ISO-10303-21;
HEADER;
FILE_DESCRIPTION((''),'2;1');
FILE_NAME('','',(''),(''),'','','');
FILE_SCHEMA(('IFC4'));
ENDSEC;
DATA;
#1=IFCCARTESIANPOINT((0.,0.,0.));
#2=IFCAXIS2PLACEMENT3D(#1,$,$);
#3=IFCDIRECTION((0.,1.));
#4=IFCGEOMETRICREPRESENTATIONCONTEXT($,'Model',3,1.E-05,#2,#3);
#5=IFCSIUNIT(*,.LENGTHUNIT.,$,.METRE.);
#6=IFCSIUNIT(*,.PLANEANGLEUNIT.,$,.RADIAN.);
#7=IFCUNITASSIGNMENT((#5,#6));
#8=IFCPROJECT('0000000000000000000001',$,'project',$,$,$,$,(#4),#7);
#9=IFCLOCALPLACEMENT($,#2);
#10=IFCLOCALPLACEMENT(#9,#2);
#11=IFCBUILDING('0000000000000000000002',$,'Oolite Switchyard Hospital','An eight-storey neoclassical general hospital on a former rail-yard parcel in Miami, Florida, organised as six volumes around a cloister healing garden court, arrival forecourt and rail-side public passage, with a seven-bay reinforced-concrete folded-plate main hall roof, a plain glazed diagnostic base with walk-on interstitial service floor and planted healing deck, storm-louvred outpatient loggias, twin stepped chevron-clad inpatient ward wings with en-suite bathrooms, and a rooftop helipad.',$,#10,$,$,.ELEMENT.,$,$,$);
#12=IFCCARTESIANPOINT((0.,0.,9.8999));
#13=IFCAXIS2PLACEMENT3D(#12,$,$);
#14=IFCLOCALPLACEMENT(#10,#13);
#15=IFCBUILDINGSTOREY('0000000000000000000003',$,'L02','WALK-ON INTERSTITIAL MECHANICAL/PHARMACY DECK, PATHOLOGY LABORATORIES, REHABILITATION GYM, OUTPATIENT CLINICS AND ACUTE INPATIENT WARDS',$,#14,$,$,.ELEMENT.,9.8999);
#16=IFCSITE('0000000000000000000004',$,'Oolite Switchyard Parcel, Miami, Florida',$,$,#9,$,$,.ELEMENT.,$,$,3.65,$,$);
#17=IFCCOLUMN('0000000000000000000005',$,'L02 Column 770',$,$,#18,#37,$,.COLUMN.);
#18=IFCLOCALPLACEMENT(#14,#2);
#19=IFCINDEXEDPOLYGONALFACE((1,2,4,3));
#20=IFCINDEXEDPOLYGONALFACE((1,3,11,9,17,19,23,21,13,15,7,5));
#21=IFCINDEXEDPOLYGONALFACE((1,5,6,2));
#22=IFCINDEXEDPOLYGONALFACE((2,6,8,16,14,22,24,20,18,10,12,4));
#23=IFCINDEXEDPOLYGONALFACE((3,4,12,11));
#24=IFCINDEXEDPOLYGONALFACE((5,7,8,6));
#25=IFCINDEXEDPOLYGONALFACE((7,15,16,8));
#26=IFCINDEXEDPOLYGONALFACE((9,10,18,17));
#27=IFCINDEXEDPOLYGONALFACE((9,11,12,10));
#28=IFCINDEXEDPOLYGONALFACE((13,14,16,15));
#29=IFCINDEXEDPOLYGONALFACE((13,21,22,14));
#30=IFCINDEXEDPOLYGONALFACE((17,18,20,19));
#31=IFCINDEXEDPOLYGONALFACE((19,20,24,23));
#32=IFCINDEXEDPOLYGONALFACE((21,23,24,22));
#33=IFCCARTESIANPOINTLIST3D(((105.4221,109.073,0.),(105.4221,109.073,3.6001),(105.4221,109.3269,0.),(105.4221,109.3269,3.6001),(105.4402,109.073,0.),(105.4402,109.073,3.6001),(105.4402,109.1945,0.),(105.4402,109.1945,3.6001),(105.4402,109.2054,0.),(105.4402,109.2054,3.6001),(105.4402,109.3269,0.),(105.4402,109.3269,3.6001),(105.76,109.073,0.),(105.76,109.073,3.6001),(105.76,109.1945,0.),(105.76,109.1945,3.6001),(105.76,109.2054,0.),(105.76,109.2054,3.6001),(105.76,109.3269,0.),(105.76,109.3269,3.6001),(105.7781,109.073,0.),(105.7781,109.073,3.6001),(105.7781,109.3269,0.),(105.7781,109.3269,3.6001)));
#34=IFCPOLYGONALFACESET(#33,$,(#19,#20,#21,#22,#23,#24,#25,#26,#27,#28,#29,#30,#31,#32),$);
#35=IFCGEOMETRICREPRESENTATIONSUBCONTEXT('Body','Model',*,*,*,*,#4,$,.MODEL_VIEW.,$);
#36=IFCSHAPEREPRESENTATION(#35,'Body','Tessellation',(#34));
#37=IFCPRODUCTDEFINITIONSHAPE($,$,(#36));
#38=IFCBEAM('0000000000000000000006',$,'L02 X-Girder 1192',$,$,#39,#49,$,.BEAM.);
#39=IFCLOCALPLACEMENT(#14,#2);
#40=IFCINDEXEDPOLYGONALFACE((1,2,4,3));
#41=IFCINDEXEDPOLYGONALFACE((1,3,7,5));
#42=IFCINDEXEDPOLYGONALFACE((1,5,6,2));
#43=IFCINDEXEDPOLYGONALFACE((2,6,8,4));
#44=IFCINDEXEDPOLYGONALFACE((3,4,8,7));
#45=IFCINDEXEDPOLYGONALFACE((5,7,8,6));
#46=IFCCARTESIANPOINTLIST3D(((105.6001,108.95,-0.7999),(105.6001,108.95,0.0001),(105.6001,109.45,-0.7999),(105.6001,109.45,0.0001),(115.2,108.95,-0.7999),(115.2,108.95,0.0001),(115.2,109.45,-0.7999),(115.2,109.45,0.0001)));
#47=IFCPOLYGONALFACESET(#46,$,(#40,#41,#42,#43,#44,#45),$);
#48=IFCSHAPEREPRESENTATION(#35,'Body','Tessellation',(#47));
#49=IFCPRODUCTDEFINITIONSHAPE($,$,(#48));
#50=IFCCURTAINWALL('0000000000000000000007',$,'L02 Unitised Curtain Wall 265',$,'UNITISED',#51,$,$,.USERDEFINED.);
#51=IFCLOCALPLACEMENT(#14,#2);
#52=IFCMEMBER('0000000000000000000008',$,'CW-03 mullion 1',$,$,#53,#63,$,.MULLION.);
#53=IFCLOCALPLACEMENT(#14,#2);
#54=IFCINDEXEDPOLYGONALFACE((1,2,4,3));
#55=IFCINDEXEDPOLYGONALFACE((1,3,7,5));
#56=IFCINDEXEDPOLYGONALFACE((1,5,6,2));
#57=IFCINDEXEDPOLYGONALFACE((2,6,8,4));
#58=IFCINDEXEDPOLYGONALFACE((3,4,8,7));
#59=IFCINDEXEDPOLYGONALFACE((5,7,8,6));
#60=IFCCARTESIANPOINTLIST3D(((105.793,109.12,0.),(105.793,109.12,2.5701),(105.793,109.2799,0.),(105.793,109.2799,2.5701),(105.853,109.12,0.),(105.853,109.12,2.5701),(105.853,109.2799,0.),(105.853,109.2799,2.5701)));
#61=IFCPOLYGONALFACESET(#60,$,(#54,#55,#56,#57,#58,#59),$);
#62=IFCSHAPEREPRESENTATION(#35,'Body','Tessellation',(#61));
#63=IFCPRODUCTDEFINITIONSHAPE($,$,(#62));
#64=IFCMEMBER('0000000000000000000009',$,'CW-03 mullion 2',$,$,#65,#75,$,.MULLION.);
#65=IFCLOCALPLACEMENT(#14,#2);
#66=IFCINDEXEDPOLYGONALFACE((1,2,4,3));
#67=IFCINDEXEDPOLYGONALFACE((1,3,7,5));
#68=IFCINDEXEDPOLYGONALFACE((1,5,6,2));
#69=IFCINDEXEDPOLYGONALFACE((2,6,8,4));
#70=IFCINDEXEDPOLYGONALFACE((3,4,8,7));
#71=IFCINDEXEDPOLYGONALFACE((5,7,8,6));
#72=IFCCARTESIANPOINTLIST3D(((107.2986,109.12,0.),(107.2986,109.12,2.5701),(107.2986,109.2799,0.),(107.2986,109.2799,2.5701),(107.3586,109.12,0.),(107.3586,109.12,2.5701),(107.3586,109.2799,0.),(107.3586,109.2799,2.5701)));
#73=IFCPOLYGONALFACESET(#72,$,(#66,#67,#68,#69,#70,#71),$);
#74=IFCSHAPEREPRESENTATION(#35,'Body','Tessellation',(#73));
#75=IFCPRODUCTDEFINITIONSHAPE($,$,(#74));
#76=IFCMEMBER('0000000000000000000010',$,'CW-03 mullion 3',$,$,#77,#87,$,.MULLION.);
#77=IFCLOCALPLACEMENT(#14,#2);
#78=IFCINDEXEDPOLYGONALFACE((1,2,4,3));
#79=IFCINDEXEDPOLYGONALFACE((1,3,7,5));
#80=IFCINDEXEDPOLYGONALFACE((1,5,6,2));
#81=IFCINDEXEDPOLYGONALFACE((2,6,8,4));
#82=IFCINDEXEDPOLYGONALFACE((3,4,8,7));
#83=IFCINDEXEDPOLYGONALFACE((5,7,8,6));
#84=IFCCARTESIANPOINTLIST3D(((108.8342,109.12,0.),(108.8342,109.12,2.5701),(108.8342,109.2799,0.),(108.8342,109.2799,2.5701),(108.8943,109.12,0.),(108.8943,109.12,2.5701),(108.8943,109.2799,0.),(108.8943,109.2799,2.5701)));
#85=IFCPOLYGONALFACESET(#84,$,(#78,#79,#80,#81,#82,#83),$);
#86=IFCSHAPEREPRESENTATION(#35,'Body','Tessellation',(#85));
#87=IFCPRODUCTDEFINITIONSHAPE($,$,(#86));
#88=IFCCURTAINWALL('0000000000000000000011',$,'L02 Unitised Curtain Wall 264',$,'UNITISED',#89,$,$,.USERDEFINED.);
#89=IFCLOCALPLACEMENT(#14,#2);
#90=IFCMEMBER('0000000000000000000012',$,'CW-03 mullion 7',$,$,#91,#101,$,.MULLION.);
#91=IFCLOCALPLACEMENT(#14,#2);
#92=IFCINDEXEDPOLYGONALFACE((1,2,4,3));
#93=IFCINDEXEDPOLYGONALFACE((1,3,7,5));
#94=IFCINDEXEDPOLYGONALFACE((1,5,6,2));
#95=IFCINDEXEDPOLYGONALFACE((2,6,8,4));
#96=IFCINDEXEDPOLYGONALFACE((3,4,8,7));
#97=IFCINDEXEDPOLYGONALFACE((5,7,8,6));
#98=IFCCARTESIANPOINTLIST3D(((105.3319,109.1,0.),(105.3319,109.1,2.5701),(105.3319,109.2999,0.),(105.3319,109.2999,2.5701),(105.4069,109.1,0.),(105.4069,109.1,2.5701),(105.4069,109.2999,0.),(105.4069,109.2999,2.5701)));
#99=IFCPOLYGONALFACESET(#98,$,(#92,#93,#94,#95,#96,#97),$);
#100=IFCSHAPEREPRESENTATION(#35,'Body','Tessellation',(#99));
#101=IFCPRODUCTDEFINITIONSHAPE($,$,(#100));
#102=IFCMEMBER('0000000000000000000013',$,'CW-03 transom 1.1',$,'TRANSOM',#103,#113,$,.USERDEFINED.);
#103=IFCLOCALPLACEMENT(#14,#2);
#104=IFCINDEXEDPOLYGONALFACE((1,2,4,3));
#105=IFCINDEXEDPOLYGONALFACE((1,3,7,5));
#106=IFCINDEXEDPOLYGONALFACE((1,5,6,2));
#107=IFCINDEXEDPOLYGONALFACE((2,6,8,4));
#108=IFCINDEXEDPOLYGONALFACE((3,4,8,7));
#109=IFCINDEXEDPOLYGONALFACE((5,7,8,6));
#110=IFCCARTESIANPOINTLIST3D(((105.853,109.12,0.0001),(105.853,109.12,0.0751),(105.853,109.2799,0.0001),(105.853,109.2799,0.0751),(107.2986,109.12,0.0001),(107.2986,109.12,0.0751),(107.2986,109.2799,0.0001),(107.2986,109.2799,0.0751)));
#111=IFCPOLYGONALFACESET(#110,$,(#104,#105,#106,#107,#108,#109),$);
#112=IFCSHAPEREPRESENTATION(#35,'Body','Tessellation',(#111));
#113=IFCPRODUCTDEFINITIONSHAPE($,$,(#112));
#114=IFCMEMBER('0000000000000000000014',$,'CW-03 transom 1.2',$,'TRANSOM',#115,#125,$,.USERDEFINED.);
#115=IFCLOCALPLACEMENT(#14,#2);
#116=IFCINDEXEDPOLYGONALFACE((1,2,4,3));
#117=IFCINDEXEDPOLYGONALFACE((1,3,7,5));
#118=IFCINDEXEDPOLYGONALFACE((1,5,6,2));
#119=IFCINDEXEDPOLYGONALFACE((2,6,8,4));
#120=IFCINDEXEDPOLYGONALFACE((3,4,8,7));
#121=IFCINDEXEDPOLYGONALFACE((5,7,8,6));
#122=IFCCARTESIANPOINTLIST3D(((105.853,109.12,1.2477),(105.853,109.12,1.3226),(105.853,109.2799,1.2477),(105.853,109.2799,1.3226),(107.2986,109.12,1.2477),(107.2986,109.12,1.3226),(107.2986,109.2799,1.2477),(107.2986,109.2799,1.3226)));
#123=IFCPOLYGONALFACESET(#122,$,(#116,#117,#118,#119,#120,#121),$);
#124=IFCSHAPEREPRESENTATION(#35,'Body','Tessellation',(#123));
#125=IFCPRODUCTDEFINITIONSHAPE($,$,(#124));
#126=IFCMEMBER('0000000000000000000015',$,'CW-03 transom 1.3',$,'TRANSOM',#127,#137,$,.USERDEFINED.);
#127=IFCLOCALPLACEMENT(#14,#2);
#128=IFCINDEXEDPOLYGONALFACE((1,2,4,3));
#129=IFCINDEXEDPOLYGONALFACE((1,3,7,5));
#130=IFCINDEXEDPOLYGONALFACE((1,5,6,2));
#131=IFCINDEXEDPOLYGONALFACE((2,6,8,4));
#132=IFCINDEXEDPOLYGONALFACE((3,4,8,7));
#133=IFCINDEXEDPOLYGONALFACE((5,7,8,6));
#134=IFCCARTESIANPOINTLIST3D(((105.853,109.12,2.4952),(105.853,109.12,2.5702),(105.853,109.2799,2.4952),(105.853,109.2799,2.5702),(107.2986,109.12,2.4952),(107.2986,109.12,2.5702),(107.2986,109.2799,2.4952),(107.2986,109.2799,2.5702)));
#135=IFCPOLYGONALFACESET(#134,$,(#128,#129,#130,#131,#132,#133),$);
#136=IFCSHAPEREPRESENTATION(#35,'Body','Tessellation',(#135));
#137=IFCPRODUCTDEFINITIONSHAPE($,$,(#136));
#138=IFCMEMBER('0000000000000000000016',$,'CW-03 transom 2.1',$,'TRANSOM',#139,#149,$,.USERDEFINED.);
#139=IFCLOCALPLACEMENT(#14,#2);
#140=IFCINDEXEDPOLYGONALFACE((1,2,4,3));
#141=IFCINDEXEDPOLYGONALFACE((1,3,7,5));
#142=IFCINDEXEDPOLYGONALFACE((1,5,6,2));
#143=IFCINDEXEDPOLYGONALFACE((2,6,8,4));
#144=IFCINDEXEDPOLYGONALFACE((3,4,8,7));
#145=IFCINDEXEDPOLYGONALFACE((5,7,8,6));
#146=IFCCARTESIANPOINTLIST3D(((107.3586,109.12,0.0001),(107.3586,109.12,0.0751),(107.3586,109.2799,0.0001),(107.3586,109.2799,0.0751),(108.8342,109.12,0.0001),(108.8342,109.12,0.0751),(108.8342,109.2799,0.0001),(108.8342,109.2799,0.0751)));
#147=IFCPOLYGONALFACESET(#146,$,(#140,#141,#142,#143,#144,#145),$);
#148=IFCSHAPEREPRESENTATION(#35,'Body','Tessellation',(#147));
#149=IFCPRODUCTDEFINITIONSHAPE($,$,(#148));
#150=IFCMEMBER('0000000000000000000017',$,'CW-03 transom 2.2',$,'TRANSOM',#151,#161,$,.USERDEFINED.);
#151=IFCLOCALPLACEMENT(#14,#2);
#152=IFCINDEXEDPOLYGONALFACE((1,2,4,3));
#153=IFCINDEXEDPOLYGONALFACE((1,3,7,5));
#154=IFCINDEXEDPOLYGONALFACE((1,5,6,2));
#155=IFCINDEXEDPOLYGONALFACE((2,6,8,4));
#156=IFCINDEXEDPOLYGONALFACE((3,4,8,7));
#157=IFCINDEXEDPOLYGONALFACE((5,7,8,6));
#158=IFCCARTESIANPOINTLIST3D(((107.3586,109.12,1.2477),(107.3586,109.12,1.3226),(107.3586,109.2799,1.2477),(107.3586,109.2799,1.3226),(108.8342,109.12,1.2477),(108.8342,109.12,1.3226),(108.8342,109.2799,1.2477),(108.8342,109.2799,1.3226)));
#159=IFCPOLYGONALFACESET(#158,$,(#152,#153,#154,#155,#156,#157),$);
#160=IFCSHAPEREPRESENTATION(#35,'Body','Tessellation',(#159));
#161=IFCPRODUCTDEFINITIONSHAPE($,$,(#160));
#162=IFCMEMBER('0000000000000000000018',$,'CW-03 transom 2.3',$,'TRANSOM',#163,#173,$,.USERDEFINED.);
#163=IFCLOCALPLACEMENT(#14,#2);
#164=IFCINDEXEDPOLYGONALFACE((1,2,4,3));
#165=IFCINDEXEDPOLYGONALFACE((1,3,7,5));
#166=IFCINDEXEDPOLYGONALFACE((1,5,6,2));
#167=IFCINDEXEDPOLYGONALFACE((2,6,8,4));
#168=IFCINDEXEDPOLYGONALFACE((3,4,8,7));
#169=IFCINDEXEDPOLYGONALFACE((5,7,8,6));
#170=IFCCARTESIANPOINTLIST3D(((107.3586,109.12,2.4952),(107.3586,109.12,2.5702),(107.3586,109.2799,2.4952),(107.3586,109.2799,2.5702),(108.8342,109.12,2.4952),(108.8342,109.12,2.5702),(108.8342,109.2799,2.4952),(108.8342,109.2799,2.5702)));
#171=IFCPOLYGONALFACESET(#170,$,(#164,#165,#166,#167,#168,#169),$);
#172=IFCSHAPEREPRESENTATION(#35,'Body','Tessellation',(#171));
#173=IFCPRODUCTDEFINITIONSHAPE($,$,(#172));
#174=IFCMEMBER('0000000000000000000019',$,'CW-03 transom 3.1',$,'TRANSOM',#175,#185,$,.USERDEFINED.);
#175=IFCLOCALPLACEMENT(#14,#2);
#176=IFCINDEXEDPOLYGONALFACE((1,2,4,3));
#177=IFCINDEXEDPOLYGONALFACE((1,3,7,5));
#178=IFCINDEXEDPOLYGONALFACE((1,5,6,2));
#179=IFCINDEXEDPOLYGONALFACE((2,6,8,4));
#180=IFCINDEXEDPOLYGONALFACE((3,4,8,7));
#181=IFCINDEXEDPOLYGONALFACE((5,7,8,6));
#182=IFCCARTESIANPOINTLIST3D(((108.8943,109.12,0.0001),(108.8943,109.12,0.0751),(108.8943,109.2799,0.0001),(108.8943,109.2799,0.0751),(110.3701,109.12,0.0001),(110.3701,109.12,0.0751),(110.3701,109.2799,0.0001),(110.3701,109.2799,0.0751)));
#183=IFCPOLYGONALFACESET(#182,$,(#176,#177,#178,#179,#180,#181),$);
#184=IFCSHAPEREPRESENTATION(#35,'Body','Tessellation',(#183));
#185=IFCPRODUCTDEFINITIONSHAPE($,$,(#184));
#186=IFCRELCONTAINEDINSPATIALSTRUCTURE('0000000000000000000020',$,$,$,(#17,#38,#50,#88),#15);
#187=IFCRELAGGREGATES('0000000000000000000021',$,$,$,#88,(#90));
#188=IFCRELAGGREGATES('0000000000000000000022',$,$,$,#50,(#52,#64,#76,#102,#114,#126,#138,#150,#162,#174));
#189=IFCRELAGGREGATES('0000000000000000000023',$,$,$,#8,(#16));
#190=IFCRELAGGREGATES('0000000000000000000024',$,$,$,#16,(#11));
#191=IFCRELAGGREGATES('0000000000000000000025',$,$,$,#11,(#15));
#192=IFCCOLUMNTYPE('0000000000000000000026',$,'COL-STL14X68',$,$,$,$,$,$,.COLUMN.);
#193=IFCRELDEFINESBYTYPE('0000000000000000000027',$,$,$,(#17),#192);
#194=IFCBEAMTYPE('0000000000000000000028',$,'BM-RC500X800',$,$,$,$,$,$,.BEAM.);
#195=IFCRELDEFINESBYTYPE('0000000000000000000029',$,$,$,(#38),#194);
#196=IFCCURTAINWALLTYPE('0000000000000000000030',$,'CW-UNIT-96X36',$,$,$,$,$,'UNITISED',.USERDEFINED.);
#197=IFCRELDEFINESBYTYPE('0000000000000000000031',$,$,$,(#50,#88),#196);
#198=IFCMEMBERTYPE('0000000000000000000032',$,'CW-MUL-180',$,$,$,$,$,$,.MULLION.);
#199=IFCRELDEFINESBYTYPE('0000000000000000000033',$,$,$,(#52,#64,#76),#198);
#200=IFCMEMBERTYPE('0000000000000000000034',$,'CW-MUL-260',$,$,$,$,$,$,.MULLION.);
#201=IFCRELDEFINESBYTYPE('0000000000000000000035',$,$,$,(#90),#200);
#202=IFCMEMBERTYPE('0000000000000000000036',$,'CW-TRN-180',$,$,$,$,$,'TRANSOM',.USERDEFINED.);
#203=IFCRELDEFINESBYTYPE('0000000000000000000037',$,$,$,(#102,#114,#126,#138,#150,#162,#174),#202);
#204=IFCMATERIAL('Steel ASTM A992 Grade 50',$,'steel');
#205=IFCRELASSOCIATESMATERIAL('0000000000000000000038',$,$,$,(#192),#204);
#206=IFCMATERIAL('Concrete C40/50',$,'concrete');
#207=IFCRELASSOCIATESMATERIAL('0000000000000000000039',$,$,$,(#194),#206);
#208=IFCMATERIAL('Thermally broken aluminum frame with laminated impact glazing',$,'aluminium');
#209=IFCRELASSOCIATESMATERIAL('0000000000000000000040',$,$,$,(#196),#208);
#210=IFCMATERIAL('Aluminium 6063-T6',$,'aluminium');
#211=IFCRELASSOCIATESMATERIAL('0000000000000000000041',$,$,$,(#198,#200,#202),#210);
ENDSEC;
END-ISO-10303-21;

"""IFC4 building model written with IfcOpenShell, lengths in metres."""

from ifc_helpers import new_model, si_unit, direction, frame, origin, origin_2d, place, context, subcontext, project, spatial, rectangle, i_section, extrude, material, material_profile, profile_set, type_object, element, aggregate, save


model = new_model("IFC4")

# Units and contexts
model_context = context("Model", 3, precision=1e-05, world=origin(), true_north=direction((0.0, 1.0)))
body_context = subcontext(model_context, "Body", "Model", "MODEL_VIEW")
ifc_project = project(units=[si_unit("LENGTHUNIT", "METRE"), si_unit("PLANEANGLEUNIT", "RADIAN")], contexts=[model_context])

# Site, building, storey
site_placement = place(None, origin())
site = spatial("IfcSite", under=ifc_project, at=site_placement, Name="Oolite Switchyard Parcel, Miami, Florida", CompositionType="ELEMENT", RefElevation=3.65)
building_placement = place(site_placement, origin())
building = spatial("IfcBuilding", under=site, at=building_placement, Name="Oolite Switchyard Hospital", Description="An eight-storey neoclassical general hospital on a former rail-yard parcel in Miami, Florida, organised as six volumes around a cloister healing garden court, arrival forecourt and rail-side public passage, with a seven-bay reinforced-concrete folded-plate main hall roof, a plain glazed diagnostic base with walk-on interstitial service floor and planted healing deck, storm-louvred outpatient loggias, twin stepped chevron-clad inpatient ward wings with en-suite bathrooms, and a rooftop helipad.", CompositionType="ELEMENT")
storey_placement = place(building_placement, frame((0.0, 0.0, 9.8999)))
storey = spatial("IfcBuildingStorey", under=building, at=storey_placement, Name="L02", Description="WALK-ON INTERSTITIAL MECHANICAL/PHARMACY DECK, PATHOLOGY LABORATORIES, REHABILITATION GYM, OUTPATIENT CLINICS AND ACUTE INPATIENT WARDS", CompositionType="ELEMENT", Elevation=9.8999)

# Column
ifc_material_1 = material(Name="Steel ASTM A992 Grade 50", Category="steel")
ifc_material_profile_1 = material_profile(ifc_material_1, i_section(OverallWidth=0.2539, OverallDepth=0.356, WebThickness=0.011, FlangeThickness=0.0181, at=origin_2d()), Name="W14X68")
ifc_profile_set_1 = profile_set([ifc_material_profile_1], Name="Steel ASTM A992 Grade 50")
column_type = type_object("IfcColumnType", Name="COL-STL14X68", PredefinedType="COLUMN", material=ifc_profile_set_1)
column_placement = place(storey_placement, frame((105.6001, 109.2, 0.0), z_axis=(0.0, 0.0, 1.0), x_axis=(0.0, -1.0, 0.0)))
element("IfcColumn", 1, at=column_placement, inside=storey, type_object=column_type, Name="L02 Column 770", PredefinedType="COLUMN", context=body_context, shape_type="SweptSolid", body=[
    extrude(i_section(OverallWidth=0.2539, OverallDepth=0.356, WebThickness=0.011, FlangeThickness=0.0181, at=origin_2d()), origin(), (0.0, 0.0, 1.0), 3.6001),
])

# Beam
ifc_material_2 = material(Name="Concrete C40/50", Category="concrete")
ifc_material_profile_2 = material_profile(ifc_material_2, rectangle(XDim=0.5, YDim=0.8, at=origin_2d()), Name="RCB500X800")
ifc_profile_set_2 = profile_set([ifc_material_profile_2], Name="Concrete C40/50")
beam_type = type_object("IfcBeamType", Name="BM-RC500X800", PredefinedType="BEAM", material=ifc_profile_set_2)
beam_placement = place(storey_placement, frame((105.6001, 109.2, -0.3999), z_axis=(1.0, 0.0, 0.0), x_axis=(0.0, 1.0, 0.0)))
element("IfcBeam", 2, at=beam_placement, inside=storey, type_object=beam_type, Name="L02 X-Girder 1192", PredefinedType="BEAM", context=body_context, shape_type="SweptSolid", body=[
    extrude(rectangle(XDim=0.5, YDim=0.8, at=origin_2d()), origin(), (0.0, 0.0, 1.0), 9.5999),
])

# Curtain wall, members
ifc_material_3 = material(Name="Thermally broken aluminum frame with laminated impact glazing", Category="aluminium")
curtain_wall_type = type_object("IfcCurtainWallType", Name="CW-UNIT-96X36", ElementType="UNITISED", PredefinedType="USERDEFINED", material=ifc_material_3)
curtain_wall_1_placement = place(storey_placement, origin())
curtain_wall_1 = element("IfcCurtainWall", 3, at=curtain_wall_1_placement, inside=storey, type_object=curtain_wall_type, Name="L02 Unitised Curtain Wall 265", ObjectType="UNITISED", PredefinedType="USERDEFINED")
ifc_material_4 = material(Name="Aluminium 6063-T6", Category="aluminium")
ifc_material_profile_3 = material_profile(ifc_material_4, rectangle(XDim=0.1599, YDim=0.0601, at=origin_2d()), Name="CWM60X160")
ifc_profile_set_3 = profile_set([ifc_material_profile_3], Name="Aluminium 6063-T6")
member_type_1 = type_object("IfcMemberType", Name="CW-MUL-180", PredefinedType="MULLION", material=ifc_profile_set_3)
member_1_placement = place(storey_placement, frame((105.823, 109.2, 0.0), z_axis=(0.0, 0.0, 1.0), x_axis=(0.0, 1.0, 0.0)))
member_1 = element("IfcMember", 4, at=member_1_placement, type_object=member_type_1, Name="CW-03 mullion 1", PredefinedType="MULLION", context=body_context, shape_type="SweptSolid", body=[
    extrude(rectangle(XDim=0.1599, YDim=0.0601, at=origin_2d()), origin(), (0.0, 0.0, 1.0), 2.5701),
])
member_2_placement = place(storey_placement, frame((107.3286, 109.2, 0.0), z_axis=(0.0, 0.0, 1.0), x_axis=(0.0, 1.0, 0.0)))
member_2 = element("IfcMember", 5, at=member_2_placement, type_object=member_type_1, Name="CW-03 mullion 2", PredefinedType="MULLION", context=body_context, shape_type="SweptSolid", body=[
    extrude(rectangle(XDim=0.1599, YDim=0.0601, at=origin_2d()), origin(), (0.0, 0.0, 1.0), 2.5701),
])
member_3_placement = place(storey_placement, frame((108.8643, 109.2, 0.0), z_axis=(0.0, 0.0, 1.0), x_axis=(0.0, 1.0, 0.0)))
member_3 = element("IfcMember", 6, at=member_3_placement, type_object=member_type_1, Name="CW-03 mullion 3", PredefinedType="MULLION", context=body_context, shape_type="SweptSolid", body=[
    extrude(rectangle(XDim=0.1599, YDim=0.0601, at=origin_2d()), origin(), (0.0, 0.0, 1.0), 2.5701),
])

# Curtain wall, member
curtain_wall_2_placement = place(storey_placement, origin())
curtain_wall_2 = element("IfcCurtainWall", 7, at=curtain_wall_2_placement, inside=storey, type_object=curtain_wall_type, Name="L02 Unitised Curtain Wall 264", ObjectType="UNITISED", PredefinedType="USERDEFINED")
ifc_material_profile_4 = material_profile(ifc_material_4, rectangle(XDim=0.2, YDim=0.075, at=origin_2d()), Name="CWM75X200")
ifc_profile_set_4 = profile_set([ifc_material_profile_4], Name="Aluminium 6063-T6")
member_type_2 = type_object("IfcMemberType", Name="CW-MUL-260", PredefinedType="MULLION", material=ifc_profile_set_4)
member_4_placement = place(storey_placement, frame((105.3694, 109.2, 0.0), z_axis=(0.0, 0.0, 1.0), x_axis=(0.0, 1.0, 0.0)))
member_4 = element("IfcMember", 8, at=member_4_placement, type_object=member_type_2, Name="CW-03 mullion 7", PredefinedType="MULLION", context=body_context, shape_type="SweptSolid", body=[
    extrude(rectangle(XDim=0.2, YDim=0.075, at=origin_2d()), origin(), (0.0, 0.0, 1.0), 2.5701),
])
aggregate(curtain_wall_2, [member_4])

# Members
ifc_material_profile_5 = material_profile(ifc_material_4, rectangle(XDim=0.1599, YDim=0.075, at=origin_2d()), Name="CWT75X160")
ifc_profile_set_5 = profile_set([ifc_material_profile_5], Name="Aluminium 6063-T6")
member_type_3 = type_object("IfcMemberType", Name="CW-TRN-180", ElementType="TRANSOM", PredefinedType="USERDEFINED", material=ifc_profile_set_5)
member_5_placement = place(storey_placement, frame((105.853, 109.2, 0.0376), z_axis=(1.0, 0.0, 0.0), x_axis=(0.0, 1.0, 0.0)))
member_5 = element("IfcMember", 9, at=member_5_placement, type_object=member_type_3, Name="CW-03 transom 1.1", ObjectType="TRANSOM", PredefinedType="USERDEFINED", context=body_context, shape_type="SweptSolid", body=[
    extrude(rectangle(XDim=0.1599, YDim=0.075, at=origin_2d()), origin(), (0.0, 0.0, 1.0), 1.4456),
])
member_6_placement = place(storey_placement, frame((105.853, 109.2, 1.2852), z_axis=(1.0, 0.0, 0.0), x_axis=(0.0, 1.0, 0.0)))
member_6 = element("IfcMember", 10, at=member_6_placement, type_object=member_type_3, Name="CW-03 transom 1.2", ObjectType="TRANSOM", PredefinedType="USERDEFINED", context=body_context, shape_type="SweptSolid", body=[
    extrude(rectangle(XDim=0.1599, YDim=0.075, at=origin_2d()), origin(), (0.0, 0.0, 1.0), 1.4456),
])
member_7_placement = place(storey_placement, frame((105.853, 109.2, 2.5327), z_axis=(1.0, 0.0, 0.0), x_axis=(0.0, 1.0, 0.0)))
member_7 = element("IfcMember", 11, at=member_7_placement, type_object=member_type_3, Name="CW-03 transom 1.3", ObjectType="TRANSOM", PredefinedType="USERDEFINED", context=body_context, shape_type="SweptSolid", body=[
    extrude(rectangle(XDim=0.1599, YDim=0.075, at=origin_2d()), origin(), (0.0, 0.0, 1.0), 1.4456),
])
member_8_placement = place(storey_placement, frame((107.3586, 109.2, 0.0376), z_axis=(1.0, 0.0, 0.0), x_axis=(0.0, 1.0, 0.0)))
member_8 = element("IfcMember", 12, at=member_8_placement, type_object=member_type_3, Name="CW-03 transom 2.1", ObjectType="TRANSOM", PredefinedType="USERDEFINED", context=body_context, shape_type="SweptSolid", body=[
    extrude(rectangle(XDim=0.1599, YDim=0.075, at=origin_2d()), origin(), (0.0, 0.0, 1.0), 1.4756),
])
member_9_placement = place(storey_placement, frame((107.3586, 109.2, 1.2852), z_axis=(1.0, 0.0, 0.0), x_axis=(0.0, 1.0, 0.0)))
member_9 = element("IfcMember", 13, at=member_9_placement, type_object=member_type_3, Name="CW-03 transom 2.2", ObjectType="TRANSOM", PredefinedType="USERDEFINED", context=body_context, shape_type="SweptSolid", body=[
    extrude(rectangle(XDim=0.1599, YDim=0.075, at=origin_2d()), origin(), (0.0, 0.0, 1.0), 1.4756),
])
member_10_placement = place(storey_placement, frame((107.3586, 109.2, 2.5327), z_axis=(1.0, 0.0, 0.0), x_axis=(0.0, 1.0, 0.0)))
member_10 = element("IfcMember", 14, at=member_10_placement, type_object=member_type_3, Name="CW-03 transom 2.3", ObjectType="TRANSOM", PredefinedType="USERDEFINED", context=body_context, shape_type="SweptSolid", body=[
    extrude(rectangle(XDim=0.1599, YDim=0.075, at=origin_2d()), origin(), (0.0, 0.0, 1.0), 1.4756),
])
member_11_placement = place(storey_placement, frame((108.8943, 109.2, 0.0376), z_axis=(1.0, 0.0, 0.0), x_axis=(0.0, 1.0, 0.0)))
member_11 = element("IfcMember", 15, at=member_11_placement, type_object=member_type_3, Name="CW-03 transom 3.1", ObjectType="TRANSOM", PredefinedType="USERDEFINED", context=body_context, shape_type="SweptSolid", body=[
    extrude(rectangle(XDim=0.1599, YDim=0.075, at=origin_2d()), origin(), (0.0, 0.0, 1.0), 1.4758),
])

aggregate(curtain_wall_1, [member_1, member_2, member_3, member_5, member_6, member_7, member_8, member_9, member_10, member_11])

save(model, "model.ifc")
